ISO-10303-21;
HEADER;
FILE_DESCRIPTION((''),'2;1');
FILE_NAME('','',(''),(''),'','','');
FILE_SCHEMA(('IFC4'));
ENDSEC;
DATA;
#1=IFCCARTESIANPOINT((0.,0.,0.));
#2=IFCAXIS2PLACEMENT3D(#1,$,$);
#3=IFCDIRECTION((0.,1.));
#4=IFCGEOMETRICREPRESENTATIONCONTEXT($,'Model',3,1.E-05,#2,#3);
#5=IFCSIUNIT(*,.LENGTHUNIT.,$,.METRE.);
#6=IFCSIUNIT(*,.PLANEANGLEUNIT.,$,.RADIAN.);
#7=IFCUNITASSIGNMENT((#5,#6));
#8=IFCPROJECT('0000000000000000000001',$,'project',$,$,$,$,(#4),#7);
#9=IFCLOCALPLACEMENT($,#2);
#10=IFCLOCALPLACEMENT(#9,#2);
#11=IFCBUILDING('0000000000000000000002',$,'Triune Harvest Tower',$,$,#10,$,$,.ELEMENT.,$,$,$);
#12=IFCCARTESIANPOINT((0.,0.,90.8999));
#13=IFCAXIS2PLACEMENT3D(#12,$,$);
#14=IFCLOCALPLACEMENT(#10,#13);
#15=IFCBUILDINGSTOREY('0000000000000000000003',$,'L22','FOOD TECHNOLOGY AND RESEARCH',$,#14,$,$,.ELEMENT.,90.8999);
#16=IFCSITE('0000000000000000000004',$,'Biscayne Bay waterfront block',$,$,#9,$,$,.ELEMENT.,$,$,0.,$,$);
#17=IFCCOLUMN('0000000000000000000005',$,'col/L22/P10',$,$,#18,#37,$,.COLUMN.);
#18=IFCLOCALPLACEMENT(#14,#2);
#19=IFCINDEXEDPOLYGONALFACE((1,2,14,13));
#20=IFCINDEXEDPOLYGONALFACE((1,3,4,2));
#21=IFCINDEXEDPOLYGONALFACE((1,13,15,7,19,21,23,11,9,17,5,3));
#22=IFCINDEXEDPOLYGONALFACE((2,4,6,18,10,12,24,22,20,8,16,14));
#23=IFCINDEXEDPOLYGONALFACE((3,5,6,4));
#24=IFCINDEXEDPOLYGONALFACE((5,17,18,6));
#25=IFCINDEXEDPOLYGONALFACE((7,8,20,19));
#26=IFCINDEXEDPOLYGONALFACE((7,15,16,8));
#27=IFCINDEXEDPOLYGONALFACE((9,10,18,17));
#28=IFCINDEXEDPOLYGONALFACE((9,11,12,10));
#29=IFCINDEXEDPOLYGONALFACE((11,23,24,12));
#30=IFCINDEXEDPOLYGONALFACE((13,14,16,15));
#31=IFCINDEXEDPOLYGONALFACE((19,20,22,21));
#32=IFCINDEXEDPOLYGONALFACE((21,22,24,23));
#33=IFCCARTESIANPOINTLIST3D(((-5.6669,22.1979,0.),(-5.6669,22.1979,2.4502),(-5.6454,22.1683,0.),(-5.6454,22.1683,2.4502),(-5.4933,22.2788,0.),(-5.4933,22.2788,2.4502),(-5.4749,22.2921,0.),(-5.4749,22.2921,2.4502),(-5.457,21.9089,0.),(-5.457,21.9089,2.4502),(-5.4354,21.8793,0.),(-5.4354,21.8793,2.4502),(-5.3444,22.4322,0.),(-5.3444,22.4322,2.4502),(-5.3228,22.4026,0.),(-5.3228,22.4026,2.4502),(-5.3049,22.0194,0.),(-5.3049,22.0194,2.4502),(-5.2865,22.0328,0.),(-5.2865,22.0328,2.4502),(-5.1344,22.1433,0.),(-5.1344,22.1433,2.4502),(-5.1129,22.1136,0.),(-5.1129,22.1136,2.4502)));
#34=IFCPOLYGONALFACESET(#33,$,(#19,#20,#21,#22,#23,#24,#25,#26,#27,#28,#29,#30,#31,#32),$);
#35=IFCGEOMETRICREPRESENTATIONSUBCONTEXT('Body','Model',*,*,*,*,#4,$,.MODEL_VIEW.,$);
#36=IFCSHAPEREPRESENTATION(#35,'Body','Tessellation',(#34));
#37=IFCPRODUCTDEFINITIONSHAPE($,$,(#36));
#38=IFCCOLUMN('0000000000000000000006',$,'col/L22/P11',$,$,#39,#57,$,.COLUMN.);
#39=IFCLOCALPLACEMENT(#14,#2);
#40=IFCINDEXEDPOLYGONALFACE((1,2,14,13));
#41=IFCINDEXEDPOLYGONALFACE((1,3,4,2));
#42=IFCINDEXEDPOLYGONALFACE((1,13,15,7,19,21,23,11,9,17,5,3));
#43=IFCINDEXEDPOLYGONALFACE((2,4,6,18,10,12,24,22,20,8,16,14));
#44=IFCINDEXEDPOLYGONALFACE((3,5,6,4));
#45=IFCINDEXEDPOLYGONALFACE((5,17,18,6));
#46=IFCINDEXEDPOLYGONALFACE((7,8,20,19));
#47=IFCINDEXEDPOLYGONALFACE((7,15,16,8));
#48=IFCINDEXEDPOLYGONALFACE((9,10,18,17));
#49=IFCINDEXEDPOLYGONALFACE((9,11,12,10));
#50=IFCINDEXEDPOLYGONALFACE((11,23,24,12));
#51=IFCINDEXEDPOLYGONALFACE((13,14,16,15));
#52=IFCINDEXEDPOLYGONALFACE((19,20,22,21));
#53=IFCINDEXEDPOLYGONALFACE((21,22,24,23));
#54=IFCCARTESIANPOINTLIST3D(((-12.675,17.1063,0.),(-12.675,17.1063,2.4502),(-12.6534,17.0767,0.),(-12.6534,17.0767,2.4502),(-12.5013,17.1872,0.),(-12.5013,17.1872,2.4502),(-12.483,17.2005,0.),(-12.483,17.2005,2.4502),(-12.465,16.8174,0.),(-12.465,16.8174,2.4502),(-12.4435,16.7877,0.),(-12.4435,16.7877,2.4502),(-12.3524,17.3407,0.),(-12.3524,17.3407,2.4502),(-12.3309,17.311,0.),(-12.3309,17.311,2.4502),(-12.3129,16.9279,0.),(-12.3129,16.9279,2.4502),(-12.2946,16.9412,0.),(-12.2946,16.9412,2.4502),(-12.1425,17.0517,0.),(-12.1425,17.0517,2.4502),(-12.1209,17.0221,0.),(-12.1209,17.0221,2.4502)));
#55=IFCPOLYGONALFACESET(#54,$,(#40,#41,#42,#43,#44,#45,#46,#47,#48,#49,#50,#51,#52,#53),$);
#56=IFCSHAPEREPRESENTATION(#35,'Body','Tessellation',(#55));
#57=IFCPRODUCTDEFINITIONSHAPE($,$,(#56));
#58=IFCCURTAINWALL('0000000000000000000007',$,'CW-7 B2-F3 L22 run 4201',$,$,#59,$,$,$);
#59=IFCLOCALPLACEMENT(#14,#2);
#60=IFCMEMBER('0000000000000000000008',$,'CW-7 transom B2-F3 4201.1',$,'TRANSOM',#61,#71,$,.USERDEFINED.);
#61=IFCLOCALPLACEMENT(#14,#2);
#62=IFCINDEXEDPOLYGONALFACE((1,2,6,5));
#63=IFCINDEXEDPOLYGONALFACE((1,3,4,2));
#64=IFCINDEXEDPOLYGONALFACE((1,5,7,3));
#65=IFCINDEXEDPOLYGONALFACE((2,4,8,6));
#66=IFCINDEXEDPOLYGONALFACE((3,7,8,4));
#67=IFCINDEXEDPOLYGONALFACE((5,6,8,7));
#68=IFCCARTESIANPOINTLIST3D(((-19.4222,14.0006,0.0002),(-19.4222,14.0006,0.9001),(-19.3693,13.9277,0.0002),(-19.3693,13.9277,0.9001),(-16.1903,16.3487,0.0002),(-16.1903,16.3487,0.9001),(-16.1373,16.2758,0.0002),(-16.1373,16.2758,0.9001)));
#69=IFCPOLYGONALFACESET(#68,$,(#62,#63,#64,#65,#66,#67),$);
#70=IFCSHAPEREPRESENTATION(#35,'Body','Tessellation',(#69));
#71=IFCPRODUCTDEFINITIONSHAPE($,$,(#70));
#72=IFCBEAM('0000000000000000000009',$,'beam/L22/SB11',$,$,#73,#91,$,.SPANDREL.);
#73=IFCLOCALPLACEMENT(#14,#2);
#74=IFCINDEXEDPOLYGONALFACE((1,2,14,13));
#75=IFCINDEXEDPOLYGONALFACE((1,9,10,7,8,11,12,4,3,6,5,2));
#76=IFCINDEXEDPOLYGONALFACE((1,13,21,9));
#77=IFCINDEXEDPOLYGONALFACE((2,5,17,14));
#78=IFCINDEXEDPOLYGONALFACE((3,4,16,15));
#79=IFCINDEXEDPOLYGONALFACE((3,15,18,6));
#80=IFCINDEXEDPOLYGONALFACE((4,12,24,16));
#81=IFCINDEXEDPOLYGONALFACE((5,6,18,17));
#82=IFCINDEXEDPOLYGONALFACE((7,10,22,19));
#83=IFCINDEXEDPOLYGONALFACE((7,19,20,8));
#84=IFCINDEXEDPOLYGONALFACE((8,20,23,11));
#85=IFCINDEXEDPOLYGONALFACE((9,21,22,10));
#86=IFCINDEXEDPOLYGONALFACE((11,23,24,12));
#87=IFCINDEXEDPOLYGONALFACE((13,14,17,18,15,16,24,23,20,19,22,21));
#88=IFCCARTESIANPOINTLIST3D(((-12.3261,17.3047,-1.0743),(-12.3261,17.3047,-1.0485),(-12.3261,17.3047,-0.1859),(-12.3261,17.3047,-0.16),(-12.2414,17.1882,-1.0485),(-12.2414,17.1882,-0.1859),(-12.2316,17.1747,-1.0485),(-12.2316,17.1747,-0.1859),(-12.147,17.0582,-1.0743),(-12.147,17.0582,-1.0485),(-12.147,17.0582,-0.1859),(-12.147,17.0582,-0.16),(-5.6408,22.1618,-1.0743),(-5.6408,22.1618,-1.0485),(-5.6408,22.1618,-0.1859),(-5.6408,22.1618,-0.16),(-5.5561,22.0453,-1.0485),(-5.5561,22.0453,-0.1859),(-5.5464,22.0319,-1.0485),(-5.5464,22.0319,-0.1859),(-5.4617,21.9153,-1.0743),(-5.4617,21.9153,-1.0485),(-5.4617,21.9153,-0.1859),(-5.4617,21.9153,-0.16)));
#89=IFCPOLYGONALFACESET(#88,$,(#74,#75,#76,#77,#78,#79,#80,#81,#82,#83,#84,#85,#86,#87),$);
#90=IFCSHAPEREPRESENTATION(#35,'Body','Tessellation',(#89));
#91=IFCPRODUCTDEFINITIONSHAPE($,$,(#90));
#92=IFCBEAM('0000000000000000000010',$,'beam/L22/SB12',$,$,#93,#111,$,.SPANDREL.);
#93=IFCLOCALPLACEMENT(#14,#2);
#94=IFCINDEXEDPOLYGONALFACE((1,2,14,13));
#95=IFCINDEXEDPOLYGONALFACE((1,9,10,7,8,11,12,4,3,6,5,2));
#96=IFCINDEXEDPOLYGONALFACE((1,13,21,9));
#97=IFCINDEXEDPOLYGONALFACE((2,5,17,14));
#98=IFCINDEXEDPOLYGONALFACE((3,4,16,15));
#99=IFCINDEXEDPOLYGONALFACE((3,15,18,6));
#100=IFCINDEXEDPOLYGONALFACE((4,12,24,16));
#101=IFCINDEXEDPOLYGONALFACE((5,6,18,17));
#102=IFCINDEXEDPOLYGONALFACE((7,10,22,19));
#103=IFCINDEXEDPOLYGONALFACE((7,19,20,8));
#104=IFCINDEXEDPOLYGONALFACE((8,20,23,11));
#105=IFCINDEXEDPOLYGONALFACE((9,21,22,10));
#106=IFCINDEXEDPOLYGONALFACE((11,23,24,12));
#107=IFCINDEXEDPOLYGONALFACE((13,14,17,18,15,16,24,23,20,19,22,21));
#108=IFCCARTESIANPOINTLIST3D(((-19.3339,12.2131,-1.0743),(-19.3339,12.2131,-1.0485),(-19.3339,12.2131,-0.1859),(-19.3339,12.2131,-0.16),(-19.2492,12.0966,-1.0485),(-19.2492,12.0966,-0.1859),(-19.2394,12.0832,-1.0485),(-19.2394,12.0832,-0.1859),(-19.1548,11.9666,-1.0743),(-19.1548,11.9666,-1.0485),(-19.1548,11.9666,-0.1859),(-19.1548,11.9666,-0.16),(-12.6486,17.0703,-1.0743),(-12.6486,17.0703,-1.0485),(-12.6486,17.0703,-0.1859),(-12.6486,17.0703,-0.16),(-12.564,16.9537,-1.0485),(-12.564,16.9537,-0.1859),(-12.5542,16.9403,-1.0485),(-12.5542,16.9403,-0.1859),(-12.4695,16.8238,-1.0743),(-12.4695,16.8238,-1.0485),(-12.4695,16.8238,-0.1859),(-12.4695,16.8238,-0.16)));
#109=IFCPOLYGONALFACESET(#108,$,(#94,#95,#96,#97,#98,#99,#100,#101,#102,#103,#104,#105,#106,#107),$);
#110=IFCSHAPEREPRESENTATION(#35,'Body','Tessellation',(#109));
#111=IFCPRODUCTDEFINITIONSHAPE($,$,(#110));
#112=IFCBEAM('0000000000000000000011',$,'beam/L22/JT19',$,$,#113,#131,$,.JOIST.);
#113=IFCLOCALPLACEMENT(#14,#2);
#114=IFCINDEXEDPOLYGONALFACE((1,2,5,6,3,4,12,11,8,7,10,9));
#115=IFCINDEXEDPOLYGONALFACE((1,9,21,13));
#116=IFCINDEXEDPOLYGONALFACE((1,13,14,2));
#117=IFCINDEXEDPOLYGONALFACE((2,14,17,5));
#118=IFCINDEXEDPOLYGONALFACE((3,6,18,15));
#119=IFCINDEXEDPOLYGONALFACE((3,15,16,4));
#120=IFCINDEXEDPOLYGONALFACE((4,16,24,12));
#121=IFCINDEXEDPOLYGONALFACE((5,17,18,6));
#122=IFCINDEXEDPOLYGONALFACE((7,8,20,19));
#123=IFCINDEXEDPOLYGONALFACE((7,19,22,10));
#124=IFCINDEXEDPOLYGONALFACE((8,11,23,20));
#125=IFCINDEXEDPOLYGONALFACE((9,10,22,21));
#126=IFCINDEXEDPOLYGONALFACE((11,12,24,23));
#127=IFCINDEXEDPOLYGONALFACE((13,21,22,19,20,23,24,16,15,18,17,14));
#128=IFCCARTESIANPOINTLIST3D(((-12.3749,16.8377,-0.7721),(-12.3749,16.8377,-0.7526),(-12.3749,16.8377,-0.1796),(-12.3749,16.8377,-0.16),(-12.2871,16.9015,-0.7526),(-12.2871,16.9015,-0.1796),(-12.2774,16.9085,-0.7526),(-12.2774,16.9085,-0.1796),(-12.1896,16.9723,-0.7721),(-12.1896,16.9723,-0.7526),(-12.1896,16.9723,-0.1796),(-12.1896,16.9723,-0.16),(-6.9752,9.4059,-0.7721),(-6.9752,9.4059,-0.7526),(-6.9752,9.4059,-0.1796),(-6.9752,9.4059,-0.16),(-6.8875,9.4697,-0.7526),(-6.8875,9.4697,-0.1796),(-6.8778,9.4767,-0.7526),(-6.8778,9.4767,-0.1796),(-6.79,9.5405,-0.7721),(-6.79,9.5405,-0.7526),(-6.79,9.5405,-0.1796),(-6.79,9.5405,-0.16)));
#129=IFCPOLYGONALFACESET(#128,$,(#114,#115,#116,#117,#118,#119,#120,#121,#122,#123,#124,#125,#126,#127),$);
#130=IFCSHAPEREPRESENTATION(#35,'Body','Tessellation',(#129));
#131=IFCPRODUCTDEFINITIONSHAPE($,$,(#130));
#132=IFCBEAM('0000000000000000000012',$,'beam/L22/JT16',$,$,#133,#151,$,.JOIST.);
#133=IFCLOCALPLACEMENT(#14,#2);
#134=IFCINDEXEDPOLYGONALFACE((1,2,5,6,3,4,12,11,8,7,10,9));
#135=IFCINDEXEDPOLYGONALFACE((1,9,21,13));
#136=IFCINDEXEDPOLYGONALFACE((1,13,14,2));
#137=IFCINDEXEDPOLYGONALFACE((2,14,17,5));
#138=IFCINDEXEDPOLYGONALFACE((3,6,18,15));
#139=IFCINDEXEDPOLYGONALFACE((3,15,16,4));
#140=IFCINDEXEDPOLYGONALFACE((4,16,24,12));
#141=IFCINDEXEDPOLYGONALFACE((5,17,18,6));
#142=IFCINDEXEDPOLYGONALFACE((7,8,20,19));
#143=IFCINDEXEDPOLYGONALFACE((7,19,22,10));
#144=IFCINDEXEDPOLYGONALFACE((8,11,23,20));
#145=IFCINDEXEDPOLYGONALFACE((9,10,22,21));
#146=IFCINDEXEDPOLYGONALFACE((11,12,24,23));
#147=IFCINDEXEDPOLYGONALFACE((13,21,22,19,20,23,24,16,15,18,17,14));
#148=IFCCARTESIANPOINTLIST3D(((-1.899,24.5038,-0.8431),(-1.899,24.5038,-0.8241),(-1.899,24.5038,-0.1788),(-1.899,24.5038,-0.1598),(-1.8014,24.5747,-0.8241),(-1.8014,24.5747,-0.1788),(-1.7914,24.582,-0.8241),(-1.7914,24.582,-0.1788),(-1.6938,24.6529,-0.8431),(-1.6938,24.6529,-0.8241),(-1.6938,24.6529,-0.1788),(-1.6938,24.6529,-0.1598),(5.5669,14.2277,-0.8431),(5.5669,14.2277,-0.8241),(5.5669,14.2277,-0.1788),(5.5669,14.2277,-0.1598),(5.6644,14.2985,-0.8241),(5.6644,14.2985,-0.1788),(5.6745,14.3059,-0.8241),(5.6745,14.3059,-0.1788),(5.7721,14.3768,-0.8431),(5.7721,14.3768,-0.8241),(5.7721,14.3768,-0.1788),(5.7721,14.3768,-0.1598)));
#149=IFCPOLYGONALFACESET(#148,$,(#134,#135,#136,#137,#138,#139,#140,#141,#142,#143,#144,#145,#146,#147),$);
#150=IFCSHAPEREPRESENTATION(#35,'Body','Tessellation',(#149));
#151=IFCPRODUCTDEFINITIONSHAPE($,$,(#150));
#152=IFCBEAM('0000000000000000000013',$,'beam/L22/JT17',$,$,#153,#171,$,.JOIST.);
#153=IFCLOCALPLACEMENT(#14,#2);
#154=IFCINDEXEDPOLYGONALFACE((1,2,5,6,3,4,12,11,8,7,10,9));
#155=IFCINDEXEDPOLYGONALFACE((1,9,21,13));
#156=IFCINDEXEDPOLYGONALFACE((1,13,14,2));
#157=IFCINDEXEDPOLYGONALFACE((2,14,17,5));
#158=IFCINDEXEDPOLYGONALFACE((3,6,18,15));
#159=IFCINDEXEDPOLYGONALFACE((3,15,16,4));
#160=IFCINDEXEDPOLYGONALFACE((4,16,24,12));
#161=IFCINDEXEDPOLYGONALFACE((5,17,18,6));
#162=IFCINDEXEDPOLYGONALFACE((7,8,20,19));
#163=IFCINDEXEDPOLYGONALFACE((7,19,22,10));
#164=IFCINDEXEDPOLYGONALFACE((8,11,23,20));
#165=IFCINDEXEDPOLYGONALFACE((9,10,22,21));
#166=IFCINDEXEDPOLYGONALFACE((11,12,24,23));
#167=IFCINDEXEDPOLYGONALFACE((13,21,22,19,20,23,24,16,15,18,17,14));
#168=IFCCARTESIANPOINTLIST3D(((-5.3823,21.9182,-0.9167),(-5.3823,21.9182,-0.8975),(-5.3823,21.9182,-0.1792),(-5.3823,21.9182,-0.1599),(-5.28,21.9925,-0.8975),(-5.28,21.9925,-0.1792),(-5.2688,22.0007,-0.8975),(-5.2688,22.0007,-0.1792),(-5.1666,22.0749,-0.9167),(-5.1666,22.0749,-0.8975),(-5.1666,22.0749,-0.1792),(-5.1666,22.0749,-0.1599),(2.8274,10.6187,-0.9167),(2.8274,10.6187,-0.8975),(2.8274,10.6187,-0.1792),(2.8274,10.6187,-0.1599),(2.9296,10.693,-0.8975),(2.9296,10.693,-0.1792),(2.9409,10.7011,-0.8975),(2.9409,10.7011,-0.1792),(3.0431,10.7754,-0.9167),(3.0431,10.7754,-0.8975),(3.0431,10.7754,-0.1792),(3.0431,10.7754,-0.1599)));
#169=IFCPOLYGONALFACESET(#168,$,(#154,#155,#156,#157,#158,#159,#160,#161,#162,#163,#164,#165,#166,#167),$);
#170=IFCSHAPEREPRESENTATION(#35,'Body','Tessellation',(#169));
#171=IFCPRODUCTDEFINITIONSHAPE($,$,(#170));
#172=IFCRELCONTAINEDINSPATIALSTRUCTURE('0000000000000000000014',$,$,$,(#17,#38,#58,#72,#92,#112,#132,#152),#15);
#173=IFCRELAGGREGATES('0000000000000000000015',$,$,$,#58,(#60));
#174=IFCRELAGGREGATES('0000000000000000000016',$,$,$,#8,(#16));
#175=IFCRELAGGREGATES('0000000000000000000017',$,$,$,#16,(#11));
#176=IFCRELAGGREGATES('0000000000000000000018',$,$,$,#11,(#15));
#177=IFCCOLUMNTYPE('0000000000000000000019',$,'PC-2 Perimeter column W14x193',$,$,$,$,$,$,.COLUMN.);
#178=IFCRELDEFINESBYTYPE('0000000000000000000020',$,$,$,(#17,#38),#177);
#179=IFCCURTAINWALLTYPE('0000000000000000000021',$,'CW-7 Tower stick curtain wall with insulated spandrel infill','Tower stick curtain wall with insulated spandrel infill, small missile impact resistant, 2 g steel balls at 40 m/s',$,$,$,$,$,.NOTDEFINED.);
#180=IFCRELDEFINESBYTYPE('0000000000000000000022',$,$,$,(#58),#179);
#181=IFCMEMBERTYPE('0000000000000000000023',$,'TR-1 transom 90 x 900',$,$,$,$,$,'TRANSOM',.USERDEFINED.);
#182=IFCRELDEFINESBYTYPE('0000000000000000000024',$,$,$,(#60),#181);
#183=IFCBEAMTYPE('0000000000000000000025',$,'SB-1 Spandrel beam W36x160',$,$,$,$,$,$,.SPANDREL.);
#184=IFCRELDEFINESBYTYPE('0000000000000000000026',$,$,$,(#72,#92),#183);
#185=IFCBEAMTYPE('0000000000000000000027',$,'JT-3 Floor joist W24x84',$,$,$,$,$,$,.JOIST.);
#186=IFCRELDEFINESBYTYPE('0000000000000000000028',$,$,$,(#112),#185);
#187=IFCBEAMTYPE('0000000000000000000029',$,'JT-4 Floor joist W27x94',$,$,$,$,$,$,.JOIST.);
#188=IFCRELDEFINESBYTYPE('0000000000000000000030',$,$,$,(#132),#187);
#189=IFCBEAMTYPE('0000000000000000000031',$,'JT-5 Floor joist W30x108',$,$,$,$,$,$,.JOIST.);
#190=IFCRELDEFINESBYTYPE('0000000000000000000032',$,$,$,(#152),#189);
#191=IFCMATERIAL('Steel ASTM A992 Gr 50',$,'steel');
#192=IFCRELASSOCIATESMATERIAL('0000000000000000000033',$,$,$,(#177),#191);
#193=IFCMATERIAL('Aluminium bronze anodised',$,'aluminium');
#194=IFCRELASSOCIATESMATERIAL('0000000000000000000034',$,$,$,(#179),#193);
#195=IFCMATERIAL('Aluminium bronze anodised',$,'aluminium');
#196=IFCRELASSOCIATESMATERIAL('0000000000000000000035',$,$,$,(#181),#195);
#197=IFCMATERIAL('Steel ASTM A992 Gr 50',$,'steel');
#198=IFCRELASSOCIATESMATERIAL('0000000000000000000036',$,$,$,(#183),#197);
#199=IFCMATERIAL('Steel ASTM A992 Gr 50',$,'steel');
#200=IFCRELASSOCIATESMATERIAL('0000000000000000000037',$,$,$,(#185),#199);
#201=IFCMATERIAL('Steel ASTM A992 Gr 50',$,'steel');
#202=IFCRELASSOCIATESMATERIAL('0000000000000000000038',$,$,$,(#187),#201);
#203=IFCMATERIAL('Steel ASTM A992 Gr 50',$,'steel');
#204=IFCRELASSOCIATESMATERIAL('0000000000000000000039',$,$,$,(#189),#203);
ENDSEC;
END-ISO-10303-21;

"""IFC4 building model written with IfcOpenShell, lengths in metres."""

from ifc_helpers import new_model, si_unit, direction, frame, origin, origin_2d, place, context, subcontext, project, spatial, rectangle, i_section, extrude, source, transform, mapped, material, material_profile, profile_set, type_object, element, aggregate, save


model = new_model("IFC4")

# Units and contexts
model_context = context("Model", 3, precision=1e-05, world=origin(), true_north=direction((0.0, 1.0)))
body_context = subcontext(model_context, "Body", "Model", "MODEL_VIEW")
ifc_project = project(units=[si_unit("LENGTHUNIT", "METRE"), si_unit("PLANEANGLEUNIT", "RADIAN")], contexts=[model_context])

# Site, building, storey
site_placement = place(None, origin())
site = spatial("IfcSite", under=ifc_project, at=site_placement, Name="Biscayne Bay waterfront block", CompositionType="ELEMENT", RefElevation=0.0)
building_placement = place(site_placement, origin())
building = spatial("IfcBuilding", under=site, at=building_placement, Name="Triune Harvest Tower", CompositionType="ELEMENT")
storey_placement = place(building_placement, frame((0.0, 0.0, 90.8999)))
storey = spatial("IfcBuildingStorey", under=building, at=storey_placement, Name="L22", Description="FOOD TECHNOLOGY AND RESEARCH", CompositionType="ELEMENT", Elevation=90.8999)

# Columns
ifc_material_1 = material(Name="Steel ASTM A992 Gr 50", Category="steel")
ifc_material_profile_1 = material_profile(ifc_material_1, i_section(OverallWidth=0.3987, OverallDepth=0.3938, WebThickness=0.0227, FlangeThickness=0.0366, at=origin_2d()), Name="W14x193")
ifc_profile_set_1 = profile_set([ifc_material_profile_1], Name="Steel ASTM A992 Gr 50")
column_type = type_object("IfcColumnType", Name="PC-2 Perimeter column W14x193", PredefinedType="COLUMN", material=ifc_profile_set_1)
shared_shape_1 = source(origin(), body_context, "Body", "SweptSolid", [
    extrude(i_section(OverallWidth=0.3987, OverallDepth=0.3938, WebThickness=0.0227, FlangeThickness=0.0366, at=origin_2d()), origin(), (0.0, 0.0, 1.0), 2.4502),
])
for number, where, z_axis, x_axis, name in (
    (1, (-5.3899, 22.1558, 0.0), (0.0, 0.0, 1.0), (-0.809017, -0.587785, 0.0), "col/L22/P10"),
    (2, (-12.3979, 17.0642, 0.0), (0.0, 0.0, 1.0), (-0.809017, -0.587785, 0.0), "col/L22/P11"),
):
    element("IfcColumn", number, at=place(storey_placement, frame(where, z_axis=z_axis, x_axis=x_axis)), inside=storey, type_object=column_type, Name=name, PredefinedType="COLUMN", context=body_context, shape_type="MappedRepresentation", body=[
        mapped(shared_shape_1, transform((0.0, 0.0, 0.0), scale=1.0)),
    ])

# Curtain wall, member
ifc_material_2 = material(Name="Aluminium bronze anodised", Category="aluminium")
curtain_wall_type_1 = type_object("IfcCurtainWallType", Name="CW-7 Tower stick curtain wall with insulated spandrel infill", Description="Tower stick curtain wall with insulated spandrel infill, small missile impact resistant, 2 g steel balls at 40 m/s", PredefinedType="NOTDEFINED", material=ifc_material_2)
curtain_wall_1_placement = place(storey_placement, origin())
curtain_wall_1 = element("IfcCurtainWall", 3, at=curtain_wall_1_placement, inside=storey, type_object=curtain_wall_type_1, Name="CW-7 B2-F3 L22 run 4201")
ifc_material_3 = material(Name="Aluminium bronze anodised", Category="aluminium")
ifc_material_profile_2 = material_profile(ifc_material_3, rectangle(XDim=0.0901, YDim=0.8999, at=origin_2d()), Name="TR-1 transom 90 x 900")
ifc_profile_set_2 = profile_set([ifc_material_profile_2], Name="Aluminium bronze anodised")
member_type_1 = type_object("IfcMemberType", Name="TR-1 transom 90 x 900", ElementType="TRANSOM", PredefinedType="USERDEFINED", material=ifc_profile_set_2)
member_1_placement = place(storey_placement, frame((-16.1638, 16.3123, 0.4502), z_axis=(-0.809016, -0.587786, 0.0), x_axis=(0.587786, -0.809016, 0.0)))
member_1 = element("IfcMember", 4, at=member_1_placement, type_object=member_type_1, Name="CW-7 transom B2-F3 4201.1", ObjectType="TRANSOM", PredefinedType="USERDEFINED", context=body_context, shape_type="SweptSolid", body=[
    extrude(rectangle(XDim=0.0901, YDim=0.8999, at=origin_2d()), origin(), (0.0, 0.0, 1.0), 3.9949),
])

# Beams
ifc_material_4 = material(Name="Steel ASTM A992 Gr 50", Category="steel")
ifc_material_profile_3 = material_profile(ifc_material_4, i_section(OverallWidth=0.3047, OverallDepth=0.9143, WebThickness=0.0166, FlangeThickness=0.0259, at=origin_2d()), Name="W36x160")
ifc_profile_set_3 = profile_set([ifc_material_profile_3], Name="Steel ASTM A992 Gr 50")
beam_type_1 = type_object("IfcBeamType", Name="SB-1 Spandrel beam W36x160", PredefinedType="SPANDREL", material=ifc_profile_set_3)
shared_shape_2 = source(origin(), body_context, "Body", "SweptSolid", [
    extrude(i_section(OverallWidth=0.3047, OverallDepth=0.9143, WebThickness=0.0166, FlangeThickness=0.0259, at=origin_2d()), origin(), (0.0, 0.0, 1.0), 8.2634),
])
for number, where, z_axis, x_axis, name in (
    (5, (-5.5513, 22.0386, -0.6172), (-0.809016, -0.587787, 0.0), (0.587787, -0.809016, 0.0), "beam/L22/SB11"),
    (6, (-12.5591, 16.947, -0.6172), (-0.809016, -0.587787, 0.0), (0.587787, -0.809016, 0.0), "beam/L22/SB12"),
):
    element("IfcBeam", number, at=place(storey_placement, frame(where, z_axis=z_axis, x_axis=x_axis)), inside=storey, type_object=beam_type_1, Name=name, PredefinedType="SPANDREL", context=body_context, shape_type="MappedRepresentation", body=[
        mapped(shared_shape_2, transform((0.0, 0.0, 0.0), scale=1.0)),
    ])
ifc_material_5 = material(Name="Steel ASTM A992 Gr 50", Category="steel")
ifc_material_profile_4 = material_profile(ifc_material_5, i_section(OverallWidth=0.229, OverallDepth=0.6121, WebThickness=0.012, FlangeThickness=0.0195, at=origin_2d()), Name="W24x84")
ifc_profile_set_4 = profile_set([ifc_material_profile_4], Name="Steel ASTM A992 Gr 50")
beam_type_2 = type_object("IfcBeamType", Name="JT-3 Floor joist W24x84", PredefinedType="JOIST", material=ifc_profile_set_4)
shared_shape_3 = source(origin(), body_context, "Body", "SweptSolid", [
    extrude(i_section(OverallWidth=0.229, OverallDepth=0.6121, WebThickness=0.012, FlangeThickness=0.0195, at=origin_2d()), origin(), (0.0, 0.0, 1.0), 9.1863),
])
beam_1_placement = place(storey_placement, frame((-12.2822, 16.905, -0.4661), z_axis=(0.587791, -0.809013, 0.0), x_axis=(0.809013, 0.587791, 0.0)))
element("IfcBeam", 7, at=beam_1_placement, inside=storey, type_object=beam_type_2, Name="beam/L22/JT19", PredefinedType="JOIST", context=body_context, shape_type="MappedRepresentation", body=[
    mapped(shared_shape_3, transform((0.0, 0.0, 0.0), scale=1.0)),
])
ifc_material_6 = material(Name="Steel ASTM A992 Gr 50", Category="steel")
ifc_material_profile_5 = material_profile(ifc_material_6, i_section(OverallWidth=0.2537, OverallDepth=0.6833, WebThickness=0.0125, FlangeThickness=0.019, at=origin_2d()), Name="W27x94")
ifc_profile_set_5 = profile_set([ifc_material_profile_5], Name="Steel ASTM A992 Gr 50")
beam_type_3 = type_object("IfcBeamType", Name="JT-4 Floor joist W27x94", PredefinedType="JOIST", material=ifc_profile_set_5)
shared_shape_4 = source(origin(), body_context, "Body", "SweptSolid", [
    extrude(i_section(OverallWidth=0.2537, OverallDepth=0.6833, WebThickness=0.0125, FlangeThickness=0.019, at=origin_2d()), origin(), (0.0, 0.0, 1.0), 12.7019),
])
beam_2_placement = place(storey_placement, frame((-1.7964, 24.5784, -0.5015), z_axis=(0.587774, -0.809025, 0.0), x_axis=(0.809025, 0.587774, 0.0)))
element("IfcBeam", 8, at=beam_2_placement, inside=storey, type_object=beam_type_3, Name="beam/L22/JT16", PredefinedType="JOIST", context=body_context, shape_type="MappedRepresentation", body=[
    mapped(shared_shape_4, transform((0.0, 0.0, 0.0), scale=1.0)),
])
ifc_material_7 = material(Name="Steel ASTM A992 Gr 50", Category="steel")
ifc_material_profile_6 = material_profile(ifc_material_7, i_section(OverallWidth=0.2666, OverallDepth=0.7568, WebThickness=0.0139, FlangeThickness=0.0193, at=origin_2d()), Name="W30x108")
ifc_profile_set_6 = profile_set([ifc_material_profile_6], Name="Steel ASTM A992 Gr 50")
beam_type_4 = type_object("IfcBeamType", Name="JT-5 Floor joist W30x108", PredefinedType="JOIST", material=ifc_profile_set_6)
shared_shape_5 = source(origin(), body_context, "Body", "SweptSolid", [
    extrude(i_section(OverallWidth=0.2666, OverallDepth=0.7568, WebThickness=0.0139, FlangeThickness=0.0193, at=origin_2d()), origin(), (0.0, 0.0, 1.0), 13.967),
])
beam_3_placement = place(storey_placement, frame((-5.2744, 21.9966, -0.5383), z_axis=(0.58779, -0.809013, 0.0), x_axis=(0.809013, 0.58779, 0.0)))
element("IfcBeam", 9, at=beam_3_placement, inside=storey, type_object=beam_type_4, Name="beam/L22/JT17", PredefinedType="JOIST", context=body_context, shape_type="MappedRepresentation", body=[
    mapped(shared_shape_5, transform((0.0, 0.0, 0.0), scale=1.0)),
])

aggregate(curtain_wall_1, [member_1])

save(model, "model.ifc")
